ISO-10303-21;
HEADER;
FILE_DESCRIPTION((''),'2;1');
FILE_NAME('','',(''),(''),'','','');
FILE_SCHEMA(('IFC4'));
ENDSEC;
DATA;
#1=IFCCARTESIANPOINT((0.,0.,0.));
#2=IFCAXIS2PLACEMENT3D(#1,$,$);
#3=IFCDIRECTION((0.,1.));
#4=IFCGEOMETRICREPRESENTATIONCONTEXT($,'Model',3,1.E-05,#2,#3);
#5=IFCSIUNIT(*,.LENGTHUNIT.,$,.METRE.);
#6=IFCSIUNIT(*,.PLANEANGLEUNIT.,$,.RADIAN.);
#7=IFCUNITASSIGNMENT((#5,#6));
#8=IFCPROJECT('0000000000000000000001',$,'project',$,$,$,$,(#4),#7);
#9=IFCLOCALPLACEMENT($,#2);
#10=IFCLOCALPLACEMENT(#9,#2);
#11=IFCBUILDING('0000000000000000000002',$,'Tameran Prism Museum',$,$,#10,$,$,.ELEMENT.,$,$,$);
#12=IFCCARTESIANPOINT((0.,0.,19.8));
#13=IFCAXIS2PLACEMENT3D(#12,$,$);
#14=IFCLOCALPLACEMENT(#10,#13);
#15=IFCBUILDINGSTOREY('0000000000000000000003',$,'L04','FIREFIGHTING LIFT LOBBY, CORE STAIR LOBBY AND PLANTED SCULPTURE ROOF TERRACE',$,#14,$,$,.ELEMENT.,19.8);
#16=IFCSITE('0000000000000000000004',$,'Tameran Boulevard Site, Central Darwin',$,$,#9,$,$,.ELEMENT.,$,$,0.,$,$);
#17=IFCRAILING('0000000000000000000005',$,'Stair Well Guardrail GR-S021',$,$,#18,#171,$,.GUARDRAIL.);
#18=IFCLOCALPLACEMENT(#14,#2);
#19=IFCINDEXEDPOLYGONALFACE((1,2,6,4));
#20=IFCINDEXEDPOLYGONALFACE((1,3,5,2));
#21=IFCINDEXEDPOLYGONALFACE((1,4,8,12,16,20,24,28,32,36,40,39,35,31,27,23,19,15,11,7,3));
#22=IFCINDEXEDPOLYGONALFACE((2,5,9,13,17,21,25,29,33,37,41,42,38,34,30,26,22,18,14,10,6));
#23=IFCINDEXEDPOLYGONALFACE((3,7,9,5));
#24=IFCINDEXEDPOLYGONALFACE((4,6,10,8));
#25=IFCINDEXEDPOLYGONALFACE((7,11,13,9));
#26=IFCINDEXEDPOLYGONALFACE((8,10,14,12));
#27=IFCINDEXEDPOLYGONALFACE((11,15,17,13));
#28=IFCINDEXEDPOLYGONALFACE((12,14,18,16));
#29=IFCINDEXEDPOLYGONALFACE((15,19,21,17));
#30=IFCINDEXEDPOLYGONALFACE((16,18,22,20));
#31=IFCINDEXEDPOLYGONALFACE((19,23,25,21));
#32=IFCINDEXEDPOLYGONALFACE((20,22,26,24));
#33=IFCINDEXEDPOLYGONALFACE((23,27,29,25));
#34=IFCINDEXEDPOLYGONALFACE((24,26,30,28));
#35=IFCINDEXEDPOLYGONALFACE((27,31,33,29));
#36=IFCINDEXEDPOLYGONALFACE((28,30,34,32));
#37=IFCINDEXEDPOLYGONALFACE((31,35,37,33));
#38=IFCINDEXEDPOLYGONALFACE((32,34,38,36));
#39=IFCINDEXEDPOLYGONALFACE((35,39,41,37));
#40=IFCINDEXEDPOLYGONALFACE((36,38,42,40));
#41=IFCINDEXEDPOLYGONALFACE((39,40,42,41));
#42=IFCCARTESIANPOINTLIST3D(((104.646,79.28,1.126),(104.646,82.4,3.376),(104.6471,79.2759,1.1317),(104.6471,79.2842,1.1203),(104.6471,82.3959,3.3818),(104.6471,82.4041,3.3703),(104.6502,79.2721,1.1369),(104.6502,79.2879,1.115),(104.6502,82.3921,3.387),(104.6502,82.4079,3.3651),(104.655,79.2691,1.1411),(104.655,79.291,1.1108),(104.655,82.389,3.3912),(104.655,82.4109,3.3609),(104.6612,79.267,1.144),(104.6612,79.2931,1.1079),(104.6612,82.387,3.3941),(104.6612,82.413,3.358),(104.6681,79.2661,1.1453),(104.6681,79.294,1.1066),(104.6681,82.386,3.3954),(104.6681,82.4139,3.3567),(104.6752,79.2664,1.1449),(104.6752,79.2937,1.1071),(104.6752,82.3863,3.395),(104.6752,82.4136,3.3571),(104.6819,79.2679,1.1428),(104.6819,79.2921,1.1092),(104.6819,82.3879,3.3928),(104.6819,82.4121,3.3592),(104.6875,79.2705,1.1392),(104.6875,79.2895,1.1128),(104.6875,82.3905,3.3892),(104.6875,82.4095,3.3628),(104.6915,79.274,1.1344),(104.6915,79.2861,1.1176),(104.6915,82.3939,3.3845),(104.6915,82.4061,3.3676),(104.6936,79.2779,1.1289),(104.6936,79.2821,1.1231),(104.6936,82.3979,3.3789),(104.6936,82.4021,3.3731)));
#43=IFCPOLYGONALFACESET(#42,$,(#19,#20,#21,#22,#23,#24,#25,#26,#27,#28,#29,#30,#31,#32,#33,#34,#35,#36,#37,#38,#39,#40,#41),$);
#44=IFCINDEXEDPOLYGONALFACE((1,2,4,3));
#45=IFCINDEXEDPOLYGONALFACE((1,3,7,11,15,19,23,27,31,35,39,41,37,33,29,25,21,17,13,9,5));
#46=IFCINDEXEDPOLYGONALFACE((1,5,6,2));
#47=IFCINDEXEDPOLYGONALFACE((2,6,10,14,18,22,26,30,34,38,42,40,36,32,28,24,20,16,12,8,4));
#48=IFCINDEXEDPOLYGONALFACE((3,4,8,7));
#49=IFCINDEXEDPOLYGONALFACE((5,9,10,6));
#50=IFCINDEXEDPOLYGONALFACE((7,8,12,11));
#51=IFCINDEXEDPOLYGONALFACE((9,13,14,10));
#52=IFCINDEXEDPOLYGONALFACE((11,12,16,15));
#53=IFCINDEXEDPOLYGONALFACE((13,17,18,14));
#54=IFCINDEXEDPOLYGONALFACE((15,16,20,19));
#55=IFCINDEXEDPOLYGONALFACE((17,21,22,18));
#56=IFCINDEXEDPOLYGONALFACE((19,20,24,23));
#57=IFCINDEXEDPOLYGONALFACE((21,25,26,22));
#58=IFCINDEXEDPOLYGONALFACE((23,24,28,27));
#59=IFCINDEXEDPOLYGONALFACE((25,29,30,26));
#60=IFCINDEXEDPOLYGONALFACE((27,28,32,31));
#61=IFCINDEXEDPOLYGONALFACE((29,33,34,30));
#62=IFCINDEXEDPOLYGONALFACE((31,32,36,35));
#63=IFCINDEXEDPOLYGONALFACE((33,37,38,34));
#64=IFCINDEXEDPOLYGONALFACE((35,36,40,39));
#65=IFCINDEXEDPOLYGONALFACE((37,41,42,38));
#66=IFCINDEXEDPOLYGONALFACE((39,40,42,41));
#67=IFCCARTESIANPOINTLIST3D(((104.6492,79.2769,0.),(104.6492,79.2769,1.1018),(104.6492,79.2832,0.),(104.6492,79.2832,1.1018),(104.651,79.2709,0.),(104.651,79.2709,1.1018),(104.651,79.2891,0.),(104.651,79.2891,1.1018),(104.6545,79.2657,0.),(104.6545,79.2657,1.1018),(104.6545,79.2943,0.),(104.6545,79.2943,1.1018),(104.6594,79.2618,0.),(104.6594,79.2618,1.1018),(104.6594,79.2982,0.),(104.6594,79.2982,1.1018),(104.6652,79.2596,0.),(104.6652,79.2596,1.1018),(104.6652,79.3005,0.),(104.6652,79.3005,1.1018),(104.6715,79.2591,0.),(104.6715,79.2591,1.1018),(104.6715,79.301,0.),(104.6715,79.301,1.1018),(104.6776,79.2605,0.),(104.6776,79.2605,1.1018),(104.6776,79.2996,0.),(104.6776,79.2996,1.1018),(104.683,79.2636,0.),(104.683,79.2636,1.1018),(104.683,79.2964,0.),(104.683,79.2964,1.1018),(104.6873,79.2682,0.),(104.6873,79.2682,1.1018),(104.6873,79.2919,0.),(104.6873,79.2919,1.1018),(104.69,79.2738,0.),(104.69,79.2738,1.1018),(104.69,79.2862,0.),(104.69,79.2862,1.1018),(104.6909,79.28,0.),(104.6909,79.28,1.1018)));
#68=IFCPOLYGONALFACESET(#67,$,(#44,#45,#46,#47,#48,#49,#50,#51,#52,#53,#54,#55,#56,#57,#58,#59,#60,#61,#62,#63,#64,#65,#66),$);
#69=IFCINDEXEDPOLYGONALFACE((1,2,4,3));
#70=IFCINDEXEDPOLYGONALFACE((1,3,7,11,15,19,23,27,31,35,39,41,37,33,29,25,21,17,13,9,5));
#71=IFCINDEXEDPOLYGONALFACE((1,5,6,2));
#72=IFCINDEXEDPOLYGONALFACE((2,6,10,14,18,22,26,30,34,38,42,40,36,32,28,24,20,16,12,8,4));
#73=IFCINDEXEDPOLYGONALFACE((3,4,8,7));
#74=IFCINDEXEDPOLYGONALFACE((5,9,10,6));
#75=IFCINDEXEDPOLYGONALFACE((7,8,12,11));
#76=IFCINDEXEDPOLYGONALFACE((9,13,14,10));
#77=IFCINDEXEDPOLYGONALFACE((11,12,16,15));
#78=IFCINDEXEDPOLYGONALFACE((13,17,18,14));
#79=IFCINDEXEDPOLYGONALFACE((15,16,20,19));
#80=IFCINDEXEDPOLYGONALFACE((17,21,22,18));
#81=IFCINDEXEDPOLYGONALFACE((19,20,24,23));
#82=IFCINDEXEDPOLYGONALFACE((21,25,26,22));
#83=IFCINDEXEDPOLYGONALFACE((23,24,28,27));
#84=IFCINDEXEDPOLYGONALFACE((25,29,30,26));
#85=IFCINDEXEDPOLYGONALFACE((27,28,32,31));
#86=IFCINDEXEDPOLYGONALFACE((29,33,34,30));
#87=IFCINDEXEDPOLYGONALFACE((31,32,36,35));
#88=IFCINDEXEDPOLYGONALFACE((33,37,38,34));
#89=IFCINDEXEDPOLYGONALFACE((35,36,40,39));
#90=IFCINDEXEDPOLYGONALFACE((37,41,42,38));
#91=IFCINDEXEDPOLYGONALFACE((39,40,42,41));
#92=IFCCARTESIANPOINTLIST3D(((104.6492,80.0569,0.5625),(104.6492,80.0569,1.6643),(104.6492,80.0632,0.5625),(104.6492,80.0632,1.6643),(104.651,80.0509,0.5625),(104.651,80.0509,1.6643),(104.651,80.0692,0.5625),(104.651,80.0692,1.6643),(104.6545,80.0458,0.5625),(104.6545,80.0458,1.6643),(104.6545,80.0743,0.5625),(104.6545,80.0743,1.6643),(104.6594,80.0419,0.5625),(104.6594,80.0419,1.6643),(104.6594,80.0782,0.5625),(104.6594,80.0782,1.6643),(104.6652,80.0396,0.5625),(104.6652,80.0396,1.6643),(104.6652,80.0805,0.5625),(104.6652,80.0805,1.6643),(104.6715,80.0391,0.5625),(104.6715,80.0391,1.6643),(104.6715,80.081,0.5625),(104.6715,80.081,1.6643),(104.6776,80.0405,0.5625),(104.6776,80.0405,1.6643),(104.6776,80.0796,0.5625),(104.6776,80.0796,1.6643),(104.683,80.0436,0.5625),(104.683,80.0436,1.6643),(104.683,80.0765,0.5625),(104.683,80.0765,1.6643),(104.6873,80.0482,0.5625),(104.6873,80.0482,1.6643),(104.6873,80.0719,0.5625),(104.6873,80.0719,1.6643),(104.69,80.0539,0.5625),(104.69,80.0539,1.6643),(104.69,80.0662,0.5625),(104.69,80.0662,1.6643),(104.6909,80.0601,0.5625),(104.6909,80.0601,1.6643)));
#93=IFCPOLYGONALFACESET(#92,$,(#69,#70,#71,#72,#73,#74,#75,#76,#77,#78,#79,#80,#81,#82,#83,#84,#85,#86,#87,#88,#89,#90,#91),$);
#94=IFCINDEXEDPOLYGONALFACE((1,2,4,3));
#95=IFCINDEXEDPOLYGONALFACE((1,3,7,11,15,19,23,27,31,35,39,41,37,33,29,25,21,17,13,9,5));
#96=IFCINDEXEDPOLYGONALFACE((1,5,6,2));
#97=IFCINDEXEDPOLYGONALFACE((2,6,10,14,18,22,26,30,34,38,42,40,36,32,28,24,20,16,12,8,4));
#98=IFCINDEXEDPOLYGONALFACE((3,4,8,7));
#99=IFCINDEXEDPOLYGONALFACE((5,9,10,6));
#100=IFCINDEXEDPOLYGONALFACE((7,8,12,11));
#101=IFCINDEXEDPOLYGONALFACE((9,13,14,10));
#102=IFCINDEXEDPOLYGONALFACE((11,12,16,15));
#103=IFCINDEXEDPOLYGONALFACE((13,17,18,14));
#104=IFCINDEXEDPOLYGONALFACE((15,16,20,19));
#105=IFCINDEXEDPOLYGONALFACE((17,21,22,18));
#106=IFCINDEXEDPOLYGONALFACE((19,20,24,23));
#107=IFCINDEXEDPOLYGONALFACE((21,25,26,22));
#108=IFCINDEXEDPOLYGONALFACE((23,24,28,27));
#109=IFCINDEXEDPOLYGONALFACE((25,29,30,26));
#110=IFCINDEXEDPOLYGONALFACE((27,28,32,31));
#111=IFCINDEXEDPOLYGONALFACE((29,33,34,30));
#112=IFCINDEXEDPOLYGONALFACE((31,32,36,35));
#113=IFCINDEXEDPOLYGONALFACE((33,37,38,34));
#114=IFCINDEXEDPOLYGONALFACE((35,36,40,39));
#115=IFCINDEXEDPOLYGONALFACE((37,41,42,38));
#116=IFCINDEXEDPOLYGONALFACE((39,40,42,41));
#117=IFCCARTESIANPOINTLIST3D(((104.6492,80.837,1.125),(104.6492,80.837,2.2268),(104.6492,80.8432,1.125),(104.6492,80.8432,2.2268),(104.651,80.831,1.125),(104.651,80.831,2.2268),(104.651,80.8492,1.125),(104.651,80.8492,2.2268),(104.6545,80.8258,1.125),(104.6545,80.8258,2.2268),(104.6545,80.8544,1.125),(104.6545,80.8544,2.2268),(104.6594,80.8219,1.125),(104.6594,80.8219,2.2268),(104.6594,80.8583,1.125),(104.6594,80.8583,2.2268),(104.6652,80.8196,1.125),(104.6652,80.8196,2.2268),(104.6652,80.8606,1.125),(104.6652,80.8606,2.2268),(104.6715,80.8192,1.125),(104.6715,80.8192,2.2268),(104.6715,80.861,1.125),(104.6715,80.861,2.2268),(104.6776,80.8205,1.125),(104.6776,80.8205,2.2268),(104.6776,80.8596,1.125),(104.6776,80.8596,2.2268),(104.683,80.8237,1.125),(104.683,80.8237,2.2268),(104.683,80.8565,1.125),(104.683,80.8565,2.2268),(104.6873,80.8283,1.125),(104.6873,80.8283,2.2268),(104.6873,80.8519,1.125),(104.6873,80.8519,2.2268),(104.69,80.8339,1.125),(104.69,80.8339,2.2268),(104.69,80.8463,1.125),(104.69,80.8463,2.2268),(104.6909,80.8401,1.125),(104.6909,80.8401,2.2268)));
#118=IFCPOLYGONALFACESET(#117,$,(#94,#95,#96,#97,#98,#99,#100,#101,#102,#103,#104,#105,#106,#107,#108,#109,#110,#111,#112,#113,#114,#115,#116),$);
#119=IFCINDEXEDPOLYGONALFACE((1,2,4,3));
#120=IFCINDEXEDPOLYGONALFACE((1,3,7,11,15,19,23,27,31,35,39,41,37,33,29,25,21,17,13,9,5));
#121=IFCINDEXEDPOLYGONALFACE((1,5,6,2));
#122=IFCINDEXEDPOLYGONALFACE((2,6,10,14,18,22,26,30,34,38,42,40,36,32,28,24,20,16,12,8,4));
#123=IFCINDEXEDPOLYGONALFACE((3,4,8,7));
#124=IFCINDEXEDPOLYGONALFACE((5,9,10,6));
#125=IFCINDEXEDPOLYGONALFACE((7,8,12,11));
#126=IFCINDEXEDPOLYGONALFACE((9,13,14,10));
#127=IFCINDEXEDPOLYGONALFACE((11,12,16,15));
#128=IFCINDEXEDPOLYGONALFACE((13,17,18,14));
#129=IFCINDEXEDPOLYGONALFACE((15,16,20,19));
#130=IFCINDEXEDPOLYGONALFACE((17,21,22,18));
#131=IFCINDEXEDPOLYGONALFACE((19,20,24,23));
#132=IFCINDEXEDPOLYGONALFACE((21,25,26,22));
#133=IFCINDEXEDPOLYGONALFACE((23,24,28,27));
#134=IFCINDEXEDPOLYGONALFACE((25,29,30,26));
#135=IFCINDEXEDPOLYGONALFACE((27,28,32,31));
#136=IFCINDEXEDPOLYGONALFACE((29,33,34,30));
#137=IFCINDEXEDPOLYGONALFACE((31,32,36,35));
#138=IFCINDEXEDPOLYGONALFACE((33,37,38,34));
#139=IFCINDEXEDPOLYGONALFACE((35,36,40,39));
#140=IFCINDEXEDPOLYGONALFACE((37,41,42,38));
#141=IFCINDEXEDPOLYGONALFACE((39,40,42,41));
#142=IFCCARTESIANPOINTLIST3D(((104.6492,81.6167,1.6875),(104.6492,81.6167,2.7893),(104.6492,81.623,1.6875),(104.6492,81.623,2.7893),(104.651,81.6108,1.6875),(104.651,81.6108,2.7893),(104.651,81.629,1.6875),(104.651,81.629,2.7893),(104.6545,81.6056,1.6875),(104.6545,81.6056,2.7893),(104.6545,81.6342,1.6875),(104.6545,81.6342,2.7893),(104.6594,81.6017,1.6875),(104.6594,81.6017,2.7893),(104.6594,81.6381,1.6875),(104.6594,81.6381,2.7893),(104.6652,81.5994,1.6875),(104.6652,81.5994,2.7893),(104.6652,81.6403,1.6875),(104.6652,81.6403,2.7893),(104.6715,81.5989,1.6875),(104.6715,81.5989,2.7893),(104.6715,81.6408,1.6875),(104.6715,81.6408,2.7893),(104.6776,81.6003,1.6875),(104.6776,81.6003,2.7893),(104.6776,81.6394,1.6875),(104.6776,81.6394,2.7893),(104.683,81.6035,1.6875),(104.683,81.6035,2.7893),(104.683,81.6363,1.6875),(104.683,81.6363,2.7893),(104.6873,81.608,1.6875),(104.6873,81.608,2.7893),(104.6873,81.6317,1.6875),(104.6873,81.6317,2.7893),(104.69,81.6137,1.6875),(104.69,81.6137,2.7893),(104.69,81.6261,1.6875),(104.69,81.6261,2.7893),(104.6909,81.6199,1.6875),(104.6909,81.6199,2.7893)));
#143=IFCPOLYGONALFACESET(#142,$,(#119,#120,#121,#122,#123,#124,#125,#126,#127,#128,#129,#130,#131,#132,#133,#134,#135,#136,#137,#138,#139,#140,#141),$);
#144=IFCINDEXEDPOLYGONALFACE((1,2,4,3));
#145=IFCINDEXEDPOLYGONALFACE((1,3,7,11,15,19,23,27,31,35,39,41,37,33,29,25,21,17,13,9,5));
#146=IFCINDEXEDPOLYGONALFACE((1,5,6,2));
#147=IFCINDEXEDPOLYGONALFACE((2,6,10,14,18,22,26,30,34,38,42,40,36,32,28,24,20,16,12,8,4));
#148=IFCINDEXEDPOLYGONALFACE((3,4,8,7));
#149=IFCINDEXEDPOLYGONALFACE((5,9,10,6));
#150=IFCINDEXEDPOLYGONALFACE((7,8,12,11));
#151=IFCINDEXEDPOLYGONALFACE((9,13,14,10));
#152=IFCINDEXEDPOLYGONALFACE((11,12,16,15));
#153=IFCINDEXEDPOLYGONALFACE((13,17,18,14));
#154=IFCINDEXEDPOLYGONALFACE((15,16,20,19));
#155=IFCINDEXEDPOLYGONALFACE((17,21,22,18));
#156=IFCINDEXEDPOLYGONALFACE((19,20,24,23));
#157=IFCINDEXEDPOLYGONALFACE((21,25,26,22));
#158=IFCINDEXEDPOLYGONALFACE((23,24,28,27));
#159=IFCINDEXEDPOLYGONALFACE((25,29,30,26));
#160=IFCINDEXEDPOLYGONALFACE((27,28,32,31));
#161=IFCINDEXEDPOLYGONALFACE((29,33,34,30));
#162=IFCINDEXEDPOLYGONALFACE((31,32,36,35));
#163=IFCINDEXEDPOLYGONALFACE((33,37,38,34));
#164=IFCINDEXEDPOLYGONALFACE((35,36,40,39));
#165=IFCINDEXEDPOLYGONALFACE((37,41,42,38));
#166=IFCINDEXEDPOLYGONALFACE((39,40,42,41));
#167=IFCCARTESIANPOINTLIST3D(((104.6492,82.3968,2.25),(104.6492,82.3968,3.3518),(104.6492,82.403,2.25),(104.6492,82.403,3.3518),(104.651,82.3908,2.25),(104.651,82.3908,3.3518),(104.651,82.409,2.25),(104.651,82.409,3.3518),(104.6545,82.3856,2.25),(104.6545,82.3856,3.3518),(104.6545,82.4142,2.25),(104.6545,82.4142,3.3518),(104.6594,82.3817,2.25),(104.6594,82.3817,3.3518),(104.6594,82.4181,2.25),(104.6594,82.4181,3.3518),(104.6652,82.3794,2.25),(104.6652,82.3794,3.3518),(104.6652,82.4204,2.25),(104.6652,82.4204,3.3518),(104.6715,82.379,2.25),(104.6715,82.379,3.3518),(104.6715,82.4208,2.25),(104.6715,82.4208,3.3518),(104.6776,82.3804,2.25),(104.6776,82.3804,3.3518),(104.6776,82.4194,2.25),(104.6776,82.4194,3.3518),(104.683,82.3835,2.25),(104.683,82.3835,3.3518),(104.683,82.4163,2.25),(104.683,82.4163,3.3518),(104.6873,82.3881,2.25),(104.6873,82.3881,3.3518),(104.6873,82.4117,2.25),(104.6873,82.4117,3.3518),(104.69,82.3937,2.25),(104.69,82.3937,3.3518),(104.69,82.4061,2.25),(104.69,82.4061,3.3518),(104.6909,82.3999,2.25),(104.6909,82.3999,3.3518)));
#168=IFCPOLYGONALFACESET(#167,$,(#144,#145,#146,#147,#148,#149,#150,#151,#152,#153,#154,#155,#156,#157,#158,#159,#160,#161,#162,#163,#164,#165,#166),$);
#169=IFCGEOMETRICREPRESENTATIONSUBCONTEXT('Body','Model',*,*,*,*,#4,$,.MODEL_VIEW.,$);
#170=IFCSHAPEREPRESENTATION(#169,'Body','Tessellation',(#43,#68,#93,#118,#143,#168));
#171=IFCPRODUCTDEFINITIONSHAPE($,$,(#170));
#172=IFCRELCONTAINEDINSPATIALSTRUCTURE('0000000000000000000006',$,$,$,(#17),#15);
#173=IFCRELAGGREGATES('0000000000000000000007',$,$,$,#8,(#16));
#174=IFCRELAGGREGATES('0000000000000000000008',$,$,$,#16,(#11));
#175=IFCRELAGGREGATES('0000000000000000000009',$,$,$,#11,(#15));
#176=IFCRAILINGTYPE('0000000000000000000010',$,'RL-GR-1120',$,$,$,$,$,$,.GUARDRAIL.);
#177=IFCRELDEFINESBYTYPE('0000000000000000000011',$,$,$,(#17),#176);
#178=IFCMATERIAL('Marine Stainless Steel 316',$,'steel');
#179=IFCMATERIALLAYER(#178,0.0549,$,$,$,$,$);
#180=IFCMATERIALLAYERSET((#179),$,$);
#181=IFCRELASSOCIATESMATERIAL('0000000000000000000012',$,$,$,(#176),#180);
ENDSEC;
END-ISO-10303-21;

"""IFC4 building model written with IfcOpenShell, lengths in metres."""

from ifc_helpers import new_model, si_unit, direction, frame, origin, origin_2d, place, context, subcontext, project, spatial, circle, extrude, material, layer, layer_set, type_object, element, save


model = new_model("IFC4")

# Units and contexts
model_context = context("Model", 3, precision=1e-05, world=origin(), true_north=direction((0.0, 1.0)))
body_context = subcontext(model_context, "Body", "Model", "MODEL_VIEW")
ifc_project = project(units=[si_unit("LENGTHUNIT", "METRE"), si_unit("PLANEANGLEUNIT", "RADIAN")], contexts=[model_context])

# Site, building, storey
site_placement = place(None, origin())
site = spatial("IfcSite", under=ifc_project, at=site_placement, Name="Tameran Boulevard Site, Central Darwin", CompositionType="ELEMENT", RefElevation=0.0)
building_placement = place(site_placement, origin())
building = spatial("IfcBuilding", under=site, at=building_placement, Name="Tameran Prism Museum", CompositionType="ELEMENT")
storey_placement = place(building_placement, frame((0.0, 0.0, 19.8)))
storey = spatial("IfcBuildingStorey", under=building, at=storey_placement, Name="L04", Description="FIREFIGHTING LIFT LOBBY, CORE STAIR LOBBY AND PLANTED SCULPTURE ROOF TERRACE", CompositionType="ELEMENT", Elevation=19.8)

# Railing
ifc_material_1 = material(Name="Marine Stainless Steel 316", Category="steel")
ifc_layer_1 = layer(ifc_material_1, 0.0549)
ifc_layer_set_1 = layer_set([ifc_layer_1])
railing_type_1 = type_object("IfcRailingType", Name="RL-GR-1120", PredefinedType="GUARDRAIL", material=ifc_layer_set_1)
railing_1_placement = place(storey_placement, frame((104.6699, 79.28, 0.0)))
element("IfcRailing", 1, at=railing_1_placement, inside=storey, type_object=railing_type_1, Name="Stair Well Guardrail GR-S021", PredefinedType="GUARDRAIL", context=body_context, shape_type="SweptSolid", body=[
    extrude(circle(Radius=0.0239, at=origin_2d()), frame((0.0, 0.0, 1.126), z_axis=(0.0, 0.811079, 0.584937), x_axis=(-1.0, 0.0, 0.0)), (0.0, 0.0, 1.0), 3.8467),
    extrude(circle(Radius=0.021, at=origin_2d()), origin(), (0.0, 0.0, 1.0), 1.1018),
    extrude(circle(Radius=0.021, at=origin_2d()), frame((0.0, 0.78, 0.5625)), (0.0, 0.0, 1.0), 1.1018),
    extrude(circle(Radius=0.021, at=origin_2d()), frame((0.0, 1.5601, 1.125)), (0.0, 0.0, 1.0), 1.1018),
    extrude(circle(Radius=0.021, at=origin_2d()), frame((0.0, 2.3398, 1.6875)), (0.0, 0.0, 1.0), 1.1018),
    extrude(circle(Radius=0.021, at=origin_2d()), frame((0.0, 3.1199, 2.25)), (0.0, 0.0, 1.0), 1.1018),
])

save(model, "model.ifc")
